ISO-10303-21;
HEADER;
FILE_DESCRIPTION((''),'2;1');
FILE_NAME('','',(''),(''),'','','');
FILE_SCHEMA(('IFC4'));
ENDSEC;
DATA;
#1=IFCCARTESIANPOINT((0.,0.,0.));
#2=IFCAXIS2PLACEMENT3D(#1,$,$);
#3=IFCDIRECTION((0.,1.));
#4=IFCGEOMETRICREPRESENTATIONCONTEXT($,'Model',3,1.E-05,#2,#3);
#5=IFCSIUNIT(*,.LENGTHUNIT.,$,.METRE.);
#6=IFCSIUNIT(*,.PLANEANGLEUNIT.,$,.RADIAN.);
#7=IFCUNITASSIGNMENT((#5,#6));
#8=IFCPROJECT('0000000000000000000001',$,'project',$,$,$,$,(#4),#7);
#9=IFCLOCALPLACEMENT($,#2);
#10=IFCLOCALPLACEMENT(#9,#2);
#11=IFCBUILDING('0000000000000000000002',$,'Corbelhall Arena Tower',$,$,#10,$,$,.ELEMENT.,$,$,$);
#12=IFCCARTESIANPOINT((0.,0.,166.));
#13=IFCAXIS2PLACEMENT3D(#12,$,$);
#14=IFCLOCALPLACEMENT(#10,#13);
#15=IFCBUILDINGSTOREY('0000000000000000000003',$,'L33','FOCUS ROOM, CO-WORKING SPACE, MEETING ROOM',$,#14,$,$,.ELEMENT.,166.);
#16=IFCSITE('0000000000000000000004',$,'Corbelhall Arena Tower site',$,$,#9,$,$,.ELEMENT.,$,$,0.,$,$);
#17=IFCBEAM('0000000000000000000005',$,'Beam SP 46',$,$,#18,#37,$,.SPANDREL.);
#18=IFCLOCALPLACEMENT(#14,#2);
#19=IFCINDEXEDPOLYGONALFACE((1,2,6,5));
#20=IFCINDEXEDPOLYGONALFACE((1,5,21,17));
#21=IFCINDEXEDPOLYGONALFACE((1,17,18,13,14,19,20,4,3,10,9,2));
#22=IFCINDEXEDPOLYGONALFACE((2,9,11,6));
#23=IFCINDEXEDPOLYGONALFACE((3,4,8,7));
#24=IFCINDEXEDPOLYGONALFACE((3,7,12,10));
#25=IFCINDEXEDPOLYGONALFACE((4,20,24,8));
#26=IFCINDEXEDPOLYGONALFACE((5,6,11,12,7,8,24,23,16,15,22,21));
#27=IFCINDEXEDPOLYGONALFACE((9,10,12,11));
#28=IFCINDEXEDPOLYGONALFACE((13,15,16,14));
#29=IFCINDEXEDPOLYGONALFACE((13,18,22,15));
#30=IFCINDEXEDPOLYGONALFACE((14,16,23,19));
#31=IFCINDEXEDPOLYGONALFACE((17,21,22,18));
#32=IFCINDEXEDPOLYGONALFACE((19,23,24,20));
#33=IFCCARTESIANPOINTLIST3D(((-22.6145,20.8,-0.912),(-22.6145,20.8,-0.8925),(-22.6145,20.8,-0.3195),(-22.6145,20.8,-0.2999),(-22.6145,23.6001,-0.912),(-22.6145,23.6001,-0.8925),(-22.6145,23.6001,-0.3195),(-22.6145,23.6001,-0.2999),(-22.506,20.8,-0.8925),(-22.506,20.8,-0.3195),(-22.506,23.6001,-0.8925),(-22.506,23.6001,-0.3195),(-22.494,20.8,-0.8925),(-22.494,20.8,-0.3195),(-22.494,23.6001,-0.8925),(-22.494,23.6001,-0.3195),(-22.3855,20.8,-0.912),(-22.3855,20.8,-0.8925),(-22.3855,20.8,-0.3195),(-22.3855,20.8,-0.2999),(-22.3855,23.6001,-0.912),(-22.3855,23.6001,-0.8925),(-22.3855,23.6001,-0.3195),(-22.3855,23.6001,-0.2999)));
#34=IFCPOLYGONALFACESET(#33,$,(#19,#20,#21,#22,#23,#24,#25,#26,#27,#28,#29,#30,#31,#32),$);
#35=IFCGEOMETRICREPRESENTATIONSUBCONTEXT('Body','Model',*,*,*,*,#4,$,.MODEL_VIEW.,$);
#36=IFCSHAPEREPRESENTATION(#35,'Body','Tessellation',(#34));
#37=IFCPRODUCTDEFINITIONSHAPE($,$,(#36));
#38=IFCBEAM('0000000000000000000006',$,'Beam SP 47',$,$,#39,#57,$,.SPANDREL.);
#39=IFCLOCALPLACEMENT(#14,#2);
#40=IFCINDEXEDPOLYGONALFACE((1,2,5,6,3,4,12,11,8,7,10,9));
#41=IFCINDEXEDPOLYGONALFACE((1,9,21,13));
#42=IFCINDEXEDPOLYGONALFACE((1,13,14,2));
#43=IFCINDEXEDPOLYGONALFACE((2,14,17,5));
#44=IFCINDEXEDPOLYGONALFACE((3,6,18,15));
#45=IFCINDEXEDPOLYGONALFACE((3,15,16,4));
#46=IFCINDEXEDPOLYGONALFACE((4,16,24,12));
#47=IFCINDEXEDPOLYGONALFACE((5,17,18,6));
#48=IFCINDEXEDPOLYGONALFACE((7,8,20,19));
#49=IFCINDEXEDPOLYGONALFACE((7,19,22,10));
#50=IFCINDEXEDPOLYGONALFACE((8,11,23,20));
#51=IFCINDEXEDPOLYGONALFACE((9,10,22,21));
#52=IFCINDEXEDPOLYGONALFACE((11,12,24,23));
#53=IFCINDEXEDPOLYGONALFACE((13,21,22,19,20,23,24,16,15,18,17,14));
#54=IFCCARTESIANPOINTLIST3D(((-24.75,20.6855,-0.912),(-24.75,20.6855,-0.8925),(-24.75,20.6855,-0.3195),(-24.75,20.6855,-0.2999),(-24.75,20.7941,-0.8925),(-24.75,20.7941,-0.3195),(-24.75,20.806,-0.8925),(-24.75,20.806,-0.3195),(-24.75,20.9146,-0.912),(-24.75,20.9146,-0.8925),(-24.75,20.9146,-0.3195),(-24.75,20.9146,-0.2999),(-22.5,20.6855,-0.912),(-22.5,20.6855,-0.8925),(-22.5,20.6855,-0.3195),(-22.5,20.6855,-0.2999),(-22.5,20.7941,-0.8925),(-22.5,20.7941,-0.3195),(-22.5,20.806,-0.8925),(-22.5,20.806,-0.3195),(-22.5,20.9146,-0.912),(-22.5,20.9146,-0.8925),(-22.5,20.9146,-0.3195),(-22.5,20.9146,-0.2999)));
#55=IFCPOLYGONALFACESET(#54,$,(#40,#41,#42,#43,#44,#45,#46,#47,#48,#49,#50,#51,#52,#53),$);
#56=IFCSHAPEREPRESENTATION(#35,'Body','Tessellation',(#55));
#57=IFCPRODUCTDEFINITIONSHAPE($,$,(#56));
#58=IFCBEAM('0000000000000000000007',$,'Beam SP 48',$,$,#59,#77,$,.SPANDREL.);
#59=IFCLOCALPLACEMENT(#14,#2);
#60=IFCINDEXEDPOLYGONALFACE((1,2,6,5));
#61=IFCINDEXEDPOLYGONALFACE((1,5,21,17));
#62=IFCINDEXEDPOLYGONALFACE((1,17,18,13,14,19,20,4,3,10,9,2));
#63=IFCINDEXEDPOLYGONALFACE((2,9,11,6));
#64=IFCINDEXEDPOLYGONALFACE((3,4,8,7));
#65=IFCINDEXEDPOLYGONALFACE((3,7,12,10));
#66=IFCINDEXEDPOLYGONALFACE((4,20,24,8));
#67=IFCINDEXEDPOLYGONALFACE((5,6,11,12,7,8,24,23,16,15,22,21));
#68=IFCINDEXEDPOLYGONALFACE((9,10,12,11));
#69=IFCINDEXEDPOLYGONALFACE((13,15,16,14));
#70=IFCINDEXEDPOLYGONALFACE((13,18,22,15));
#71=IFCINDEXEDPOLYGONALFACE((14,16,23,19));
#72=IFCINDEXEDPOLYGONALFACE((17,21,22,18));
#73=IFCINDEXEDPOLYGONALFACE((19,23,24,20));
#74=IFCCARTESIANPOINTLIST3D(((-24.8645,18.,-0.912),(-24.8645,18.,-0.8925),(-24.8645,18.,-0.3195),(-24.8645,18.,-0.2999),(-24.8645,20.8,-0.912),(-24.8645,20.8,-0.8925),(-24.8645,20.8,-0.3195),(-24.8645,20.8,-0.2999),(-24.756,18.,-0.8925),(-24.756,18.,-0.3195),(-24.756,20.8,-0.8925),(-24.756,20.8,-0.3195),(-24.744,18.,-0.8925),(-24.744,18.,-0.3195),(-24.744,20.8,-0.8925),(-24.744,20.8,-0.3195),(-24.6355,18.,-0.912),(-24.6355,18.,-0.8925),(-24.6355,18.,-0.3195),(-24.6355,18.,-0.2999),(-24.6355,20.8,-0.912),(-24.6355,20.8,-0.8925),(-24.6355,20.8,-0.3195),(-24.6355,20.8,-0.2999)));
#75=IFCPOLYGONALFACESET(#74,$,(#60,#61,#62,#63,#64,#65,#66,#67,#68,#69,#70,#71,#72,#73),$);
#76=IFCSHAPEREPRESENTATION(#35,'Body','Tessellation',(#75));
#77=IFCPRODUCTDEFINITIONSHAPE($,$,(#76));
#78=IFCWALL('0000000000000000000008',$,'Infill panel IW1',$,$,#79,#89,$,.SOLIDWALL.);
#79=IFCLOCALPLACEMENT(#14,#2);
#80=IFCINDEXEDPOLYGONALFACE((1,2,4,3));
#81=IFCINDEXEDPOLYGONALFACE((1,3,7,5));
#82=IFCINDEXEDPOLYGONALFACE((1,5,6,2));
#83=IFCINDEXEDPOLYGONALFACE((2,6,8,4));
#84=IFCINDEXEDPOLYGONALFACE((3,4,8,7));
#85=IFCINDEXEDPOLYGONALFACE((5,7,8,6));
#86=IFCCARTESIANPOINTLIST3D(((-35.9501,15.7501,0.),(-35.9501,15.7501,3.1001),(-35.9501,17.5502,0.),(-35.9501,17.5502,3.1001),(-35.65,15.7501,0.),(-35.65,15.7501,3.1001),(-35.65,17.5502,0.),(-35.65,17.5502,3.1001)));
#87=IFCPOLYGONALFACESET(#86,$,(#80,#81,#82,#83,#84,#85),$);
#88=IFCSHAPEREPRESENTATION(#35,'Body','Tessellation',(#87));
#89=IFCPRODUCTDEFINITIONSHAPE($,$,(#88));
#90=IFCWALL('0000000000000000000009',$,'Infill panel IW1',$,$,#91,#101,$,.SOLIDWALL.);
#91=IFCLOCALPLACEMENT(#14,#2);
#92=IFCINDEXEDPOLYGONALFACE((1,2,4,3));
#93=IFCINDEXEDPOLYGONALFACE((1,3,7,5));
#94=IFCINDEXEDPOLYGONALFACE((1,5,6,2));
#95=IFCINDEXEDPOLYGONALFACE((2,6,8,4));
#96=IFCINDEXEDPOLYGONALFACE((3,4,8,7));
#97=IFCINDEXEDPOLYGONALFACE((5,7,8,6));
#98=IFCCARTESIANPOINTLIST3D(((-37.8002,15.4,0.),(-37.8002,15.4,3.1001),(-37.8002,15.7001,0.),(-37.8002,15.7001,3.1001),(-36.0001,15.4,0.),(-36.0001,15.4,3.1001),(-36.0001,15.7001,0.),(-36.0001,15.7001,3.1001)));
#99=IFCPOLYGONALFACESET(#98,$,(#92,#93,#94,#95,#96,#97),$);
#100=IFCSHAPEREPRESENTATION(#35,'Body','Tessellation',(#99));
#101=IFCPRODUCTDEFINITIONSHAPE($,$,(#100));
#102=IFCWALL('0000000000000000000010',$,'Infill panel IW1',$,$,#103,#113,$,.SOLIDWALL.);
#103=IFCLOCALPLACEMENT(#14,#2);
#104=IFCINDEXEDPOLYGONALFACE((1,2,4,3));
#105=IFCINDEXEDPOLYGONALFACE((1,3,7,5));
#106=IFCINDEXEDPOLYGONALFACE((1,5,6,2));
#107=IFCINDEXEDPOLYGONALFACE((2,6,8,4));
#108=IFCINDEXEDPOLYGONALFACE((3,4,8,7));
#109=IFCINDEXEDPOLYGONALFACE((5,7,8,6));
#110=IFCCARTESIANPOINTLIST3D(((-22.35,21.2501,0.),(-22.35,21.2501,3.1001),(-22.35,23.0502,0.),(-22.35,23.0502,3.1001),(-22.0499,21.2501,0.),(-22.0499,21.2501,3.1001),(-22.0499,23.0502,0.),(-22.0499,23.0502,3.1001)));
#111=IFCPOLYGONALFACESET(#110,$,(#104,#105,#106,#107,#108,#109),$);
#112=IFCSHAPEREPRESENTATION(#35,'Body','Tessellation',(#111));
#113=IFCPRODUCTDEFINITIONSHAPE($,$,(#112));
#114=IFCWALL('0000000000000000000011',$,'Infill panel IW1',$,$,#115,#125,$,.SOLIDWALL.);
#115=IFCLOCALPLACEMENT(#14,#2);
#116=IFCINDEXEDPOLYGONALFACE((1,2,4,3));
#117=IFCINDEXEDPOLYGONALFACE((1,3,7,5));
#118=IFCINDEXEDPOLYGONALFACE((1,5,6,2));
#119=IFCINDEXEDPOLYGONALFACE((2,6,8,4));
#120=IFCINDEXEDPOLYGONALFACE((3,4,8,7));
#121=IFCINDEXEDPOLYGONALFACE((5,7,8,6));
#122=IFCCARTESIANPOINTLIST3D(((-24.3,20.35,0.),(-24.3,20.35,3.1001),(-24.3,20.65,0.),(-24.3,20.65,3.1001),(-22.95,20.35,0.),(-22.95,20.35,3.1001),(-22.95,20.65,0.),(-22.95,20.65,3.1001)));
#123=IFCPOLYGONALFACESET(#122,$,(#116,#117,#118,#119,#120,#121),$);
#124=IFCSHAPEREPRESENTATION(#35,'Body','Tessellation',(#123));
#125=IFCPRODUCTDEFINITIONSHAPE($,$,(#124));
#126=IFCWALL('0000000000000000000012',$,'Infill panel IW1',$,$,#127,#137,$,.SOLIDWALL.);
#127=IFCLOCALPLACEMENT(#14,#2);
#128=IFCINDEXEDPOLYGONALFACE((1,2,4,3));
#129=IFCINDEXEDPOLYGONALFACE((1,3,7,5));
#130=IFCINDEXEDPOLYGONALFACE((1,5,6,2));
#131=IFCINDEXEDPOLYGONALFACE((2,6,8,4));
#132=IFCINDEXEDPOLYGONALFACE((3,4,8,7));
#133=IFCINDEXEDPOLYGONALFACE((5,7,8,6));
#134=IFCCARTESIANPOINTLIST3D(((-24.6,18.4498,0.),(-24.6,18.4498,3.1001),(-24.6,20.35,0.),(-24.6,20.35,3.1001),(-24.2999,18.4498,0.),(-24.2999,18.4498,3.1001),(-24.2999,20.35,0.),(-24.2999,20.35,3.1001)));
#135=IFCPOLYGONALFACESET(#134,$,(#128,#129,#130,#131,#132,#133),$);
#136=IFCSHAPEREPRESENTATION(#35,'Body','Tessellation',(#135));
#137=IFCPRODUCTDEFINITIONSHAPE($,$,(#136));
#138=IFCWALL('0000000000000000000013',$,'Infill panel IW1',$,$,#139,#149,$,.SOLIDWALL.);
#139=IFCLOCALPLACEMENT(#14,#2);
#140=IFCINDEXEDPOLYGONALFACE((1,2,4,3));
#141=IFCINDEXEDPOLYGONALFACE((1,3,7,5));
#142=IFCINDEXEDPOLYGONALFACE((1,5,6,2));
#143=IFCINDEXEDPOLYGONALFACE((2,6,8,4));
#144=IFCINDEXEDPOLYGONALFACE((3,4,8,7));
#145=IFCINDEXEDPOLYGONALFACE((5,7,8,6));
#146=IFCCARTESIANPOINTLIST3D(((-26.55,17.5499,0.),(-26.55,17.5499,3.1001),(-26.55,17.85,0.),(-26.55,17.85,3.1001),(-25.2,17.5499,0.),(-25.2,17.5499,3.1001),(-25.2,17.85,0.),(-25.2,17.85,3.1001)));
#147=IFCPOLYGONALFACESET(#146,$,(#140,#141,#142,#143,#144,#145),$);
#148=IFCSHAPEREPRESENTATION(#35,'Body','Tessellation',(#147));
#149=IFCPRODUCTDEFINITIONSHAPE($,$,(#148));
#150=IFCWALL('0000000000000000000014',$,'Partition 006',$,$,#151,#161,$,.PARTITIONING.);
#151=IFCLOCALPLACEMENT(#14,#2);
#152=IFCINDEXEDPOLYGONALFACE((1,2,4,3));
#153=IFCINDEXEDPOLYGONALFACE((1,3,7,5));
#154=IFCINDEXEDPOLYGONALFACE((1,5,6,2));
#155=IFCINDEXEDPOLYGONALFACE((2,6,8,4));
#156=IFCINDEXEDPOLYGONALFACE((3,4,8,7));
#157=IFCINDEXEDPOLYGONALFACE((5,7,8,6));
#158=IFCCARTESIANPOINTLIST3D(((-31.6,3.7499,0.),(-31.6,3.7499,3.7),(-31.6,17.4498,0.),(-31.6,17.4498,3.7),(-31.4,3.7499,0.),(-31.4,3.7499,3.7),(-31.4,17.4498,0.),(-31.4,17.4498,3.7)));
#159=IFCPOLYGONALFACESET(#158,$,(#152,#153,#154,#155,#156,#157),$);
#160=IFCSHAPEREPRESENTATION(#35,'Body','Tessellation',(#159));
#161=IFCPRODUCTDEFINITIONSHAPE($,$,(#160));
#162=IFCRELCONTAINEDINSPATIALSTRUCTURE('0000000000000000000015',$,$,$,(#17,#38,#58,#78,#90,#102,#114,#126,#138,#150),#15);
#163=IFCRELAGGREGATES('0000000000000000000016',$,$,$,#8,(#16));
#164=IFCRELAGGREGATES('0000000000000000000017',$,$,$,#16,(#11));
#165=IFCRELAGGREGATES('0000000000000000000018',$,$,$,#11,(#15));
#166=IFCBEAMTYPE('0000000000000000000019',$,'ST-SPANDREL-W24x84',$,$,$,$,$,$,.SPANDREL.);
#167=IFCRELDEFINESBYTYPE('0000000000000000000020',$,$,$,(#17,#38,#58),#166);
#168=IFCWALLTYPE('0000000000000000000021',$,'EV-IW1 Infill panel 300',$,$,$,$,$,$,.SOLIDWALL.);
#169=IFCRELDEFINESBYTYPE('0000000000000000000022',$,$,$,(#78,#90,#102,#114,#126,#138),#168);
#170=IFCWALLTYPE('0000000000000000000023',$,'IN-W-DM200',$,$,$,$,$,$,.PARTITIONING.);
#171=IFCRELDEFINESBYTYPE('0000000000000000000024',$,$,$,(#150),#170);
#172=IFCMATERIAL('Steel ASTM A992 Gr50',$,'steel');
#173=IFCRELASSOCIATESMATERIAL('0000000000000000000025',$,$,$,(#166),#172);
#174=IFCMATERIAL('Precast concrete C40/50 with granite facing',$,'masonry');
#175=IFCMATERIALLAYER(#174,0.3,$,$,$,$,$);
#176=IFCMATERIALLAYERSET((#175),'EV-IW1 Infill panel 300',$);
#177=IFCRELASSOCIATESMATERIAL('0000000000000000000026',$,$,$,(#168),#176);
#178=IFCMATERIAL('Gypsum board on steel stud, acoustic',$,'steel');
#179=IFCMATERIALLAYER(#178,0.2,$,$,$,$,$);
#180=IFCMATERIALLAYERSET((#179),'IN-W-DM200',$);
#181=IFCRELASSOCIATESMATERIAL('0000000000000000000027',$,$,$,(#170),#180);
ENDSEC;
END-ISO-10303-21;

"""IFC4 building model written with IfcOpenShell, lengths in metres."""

from ifc_helpers import new_model, si_unit, direction, frame, frame_2d, origin, origin_2d, place, context, subcontext, project, spatial, rectangle, i_section, extrude, material, layer, layer_set, material_profile, profile_set, type_object, element, save


model = new_model("IFC4")

# Units and contexts
model_context = context("Model", 3, precision=1e-05, world=origin(), true_north=direction((0.0, 1.0)))
body_context = subcontext(model_context, "Body", "Model", "MODEL_VIEW")
ifc_project = project(units=[si_unit("LENGTHUNIT", "METRE"), si_unit("PLANEANGLEUNIT", "RADIAN")], contexts=[model_context])

# Site, building, storey
site_placement = place(None, origin())
site = spatial("IfcSite", under=ifc_project, at=site_placement, Name="Corbelhall Arena Tower site", CompositionType="ELEMENT", RefElevation=0.0)
building_placement = place(site_placement, origin())
building = spatial("IfcBuilding", under=site, at=building_placement, Name="Corbelhall Arena Tower", CompositionType="ELEMENT")
storey_placement = place(building_placement, frame((0.0, 0.0, 166.0)))
storey = spatial("IfcBuildingStorey", under=building, at=storey_placement, Name="L33", Description="FOCUS ROOM, CO-WORKING SPACE, MEETING ROOM", CompositionType="ELEMENT", Elevation=166.0)

# Beams
ifc_material_1 = material(Name="Steel ASTM A992 Gr50", Category="steel")
ifc_material_profile_1 = material_profile(ifc_material_1, i_section(OverallWidth=0.229, OverallDepth=0.6121, WebThickness=0.012, FlangeThickness=0.0195, at=origin_2d()))
ifc_profile_set_1 = profile_set([ifc_material_profile_1], Name="Steel ASTM A992 Gr50")
beam_type = type_object("IfcBeamType", Name="ST-SPANDREL-W24x84", PredefinedType="SPANDREL", material=ifc_profile_set_1)
beam_1_placement = place(storey_placement, frame((-22.5, 20.8, -0.606), z_axis=(0.0, 1.0, 0.0), x_axis=(-1.0, 0.0, 0.0)))
element("IfcBeam", 1, at=beam_1_placement, inside=storey, type_object=beam_type, Name="Beam SP 46", PredefinedType="SPANDREL", context=body_context, shape_type="SweptSolid", body=[
    extrude(i_section(OverallWidth=0.229, OverallDepth=0.6121, WebThickness=0.012, FlangeThickness=0.0195, at=origin_2d()), origin(), (0.0, 0.0, 1.0), 2.8),
])
beam_2_placement = place(storey_placement, frame((-24.75, 20.8, -0.606), z_axis=(1.0, 0.0, 0.0), x_axis=(0.0, 1.0, 0.0)))
element("IfcBeam", 2, at=beam_2_placement, inside=storey, type_object=beam_type, Name="Beam SP 47", PredefinedType="SPANDREL", context=body_context, shape_type="SweptSolid", body=[
    extrude(i_section(OverallWidth=0.229, OverallDepth=0.6121, WebThickness=0.012, FlangeThickness=0.0195, at=origin_2d()), origin(), (0.0, 0.0, 1.0), 2.25),
])
beam_3_placement = place(storey_placement, frame((-24.75, 18.0, -0.606), z_axis=(0.0, 1.0, 0.0), x_axis=(-1.0, 0.0, 0.0)))
element("IfcBeam", 3, at=beam_3_placement, inside=storey, type_object=beam_type, Name="Beam SP 48", PredefinedType="SPANDREL", context=body_context, shape_type="SweptSolid", body=[
    extrude(i_section(OverallWidth=0.229, OverallDepth=0.6121, WebThickness=0.012, FlangeThickness=0.0195, at=origin_2d()), origin(), (0.0, 0.0, 1.0), 2.8),
])

# Walls
ifc_material_2 = material(Name="Precast concrete C40/50 with granite facing", Category="masonry")
ifc_layer_1 = layer(ifc_material_2, 0.3)
ifc_layer_set_1 = layer_set([ifc_layer_1], Name="EV-IW1 Infill panel 300")
wall_type_1 = type_object("IfcWallType", Name="EV-IW1 Infill panel 300", PredefinedType="SOLIDWALL", material=ifc_layer_set_1)
for number, where, z_axis, x_axis, name in (
    (4, (-35.8, 17.55, 0.0), (0.0, 0.0, 1.0), (0.0, -1.0, 0.0), "Infill panel IW1"),
    (5, (-37.8, 15.55, 0.0), (0.0, 0.0, 1.0), (1.0, 0.0, 0.0), "Infill panel IW1"),
    (6, (-22.2, 23.05, 0.0), (0.0, 0.0, 1.0), (0.0, -1.0, 0.0), "Infill panel IW1"),
):
    element("IfcWall", number, at=place(storey_placement, frame(where, z_axis=z_axis, x_axis=x_axis)), inside=storey, type_object=wall_type_1, Name=name, PredefinedType="SOLIDWALL", context=body_context, shape_type="SweptSolid", body=[
        extrude(rectangle(XDim=1.8, YDim=0.3, at=frame_2d((0.8999, 0.0))), origin(), (0.0, 0.0, 1.0), 3.1001),
    ])
wall_1_placement = place(storey_placement, frame((-22.95, 20.5, 0.0), z_axis=(0.0, 0.0, 1.0), x_axis=(-1.0, 0.0, 0.0)))
element("IfcWall", 7, at=wall_1_placement, inside=storey, type_object=wall_type_1, Name="Infill panel IW1", PredefinedType="SOLIDWALL", context=body_context, shape_type="SweptSolid", body=[
    extrude(rectangle(XDim=1.3501, YDim=0.3, at=frame_2d((0.675, 0.0))), origin(), (0.0, 0.0, 1.0), 3.1001),
])
wall_2_placement = place(storey_placement, frame((-24.45, 20.3501, 0.0), z_axis=(0.0, 0.0, 1.0), x_axis=(0.0, -1.0, 0.0)))
element("IfcWall", 8, at=wall_2_placement, inside=storey, type_object=wall_type_1, Name="Infill panel IW1", PredefinedType="SOLIDWALL", context=body_context, shape_type="SweptSolid", body=[
    extrude(rectangle(XDim=1.9001, YDim=0.3, at=frame_2d((0.9502, 0.0))), origin(), (0.0, 0.0, 1.0), 3.1001),
])
wall_3_placement = place(storey_placement, frame((-25.2, 17.7, 0.0), z_axis=(0.0, 0.0, 1.0), x_axis=(-1.0, 0.0, 0.0)))
element("IfcWall", 9, at=wall_3_placement, inside=storey, type_object=wall_type_1, Name="Infill panel IW1", PredefinedType="SOLIDWALL", context=body_context, shape_type="SweptSolid", body=[
    extrude(rectangle(XDim=1.3501, YDim=0.3, at=frame_2d((0.675, 0.0))), origin(), (0.0, 0.0, 1.0), 3.1001),
])

# Wall
ifc_material_3 = material(Name="Gypsum board on steel stud, acoustic", Category="steel")
ifc_layer_2 = layer(ifc_material_3, 0.2)
ifc_layer_set_2 = layer_set([ifc_layer_2], Name="IN-W-DM200")
wall_type_2 = type_object("IfcWallType", Name="IN-W-DM200", PredefinedType="PARTITIONING", material=ifc_layer_set_2)
wall_4_placement = place(storey_placement, frame((-31.5, 17.45, 0.0), z_axis=(0.0, 0.0, 1.0), x_axis=(0.0, -1.0, 0.0)))
element("IfcWall", 10, at=wall_4_placement, inside=storey, type_object=wall_type_2, Name="Partition 006", PredefinedType="PARTITIONING", context=body_context, shape_type="SweptSolid", body=[
    extrude(rectangle(XDim=13.7, YDim=0.2, at=frame_2d((6.8501, 0.0))), origin(), (0.0, 0.0, 1.0), 3.7),
])

save(model, "model.ifc")
